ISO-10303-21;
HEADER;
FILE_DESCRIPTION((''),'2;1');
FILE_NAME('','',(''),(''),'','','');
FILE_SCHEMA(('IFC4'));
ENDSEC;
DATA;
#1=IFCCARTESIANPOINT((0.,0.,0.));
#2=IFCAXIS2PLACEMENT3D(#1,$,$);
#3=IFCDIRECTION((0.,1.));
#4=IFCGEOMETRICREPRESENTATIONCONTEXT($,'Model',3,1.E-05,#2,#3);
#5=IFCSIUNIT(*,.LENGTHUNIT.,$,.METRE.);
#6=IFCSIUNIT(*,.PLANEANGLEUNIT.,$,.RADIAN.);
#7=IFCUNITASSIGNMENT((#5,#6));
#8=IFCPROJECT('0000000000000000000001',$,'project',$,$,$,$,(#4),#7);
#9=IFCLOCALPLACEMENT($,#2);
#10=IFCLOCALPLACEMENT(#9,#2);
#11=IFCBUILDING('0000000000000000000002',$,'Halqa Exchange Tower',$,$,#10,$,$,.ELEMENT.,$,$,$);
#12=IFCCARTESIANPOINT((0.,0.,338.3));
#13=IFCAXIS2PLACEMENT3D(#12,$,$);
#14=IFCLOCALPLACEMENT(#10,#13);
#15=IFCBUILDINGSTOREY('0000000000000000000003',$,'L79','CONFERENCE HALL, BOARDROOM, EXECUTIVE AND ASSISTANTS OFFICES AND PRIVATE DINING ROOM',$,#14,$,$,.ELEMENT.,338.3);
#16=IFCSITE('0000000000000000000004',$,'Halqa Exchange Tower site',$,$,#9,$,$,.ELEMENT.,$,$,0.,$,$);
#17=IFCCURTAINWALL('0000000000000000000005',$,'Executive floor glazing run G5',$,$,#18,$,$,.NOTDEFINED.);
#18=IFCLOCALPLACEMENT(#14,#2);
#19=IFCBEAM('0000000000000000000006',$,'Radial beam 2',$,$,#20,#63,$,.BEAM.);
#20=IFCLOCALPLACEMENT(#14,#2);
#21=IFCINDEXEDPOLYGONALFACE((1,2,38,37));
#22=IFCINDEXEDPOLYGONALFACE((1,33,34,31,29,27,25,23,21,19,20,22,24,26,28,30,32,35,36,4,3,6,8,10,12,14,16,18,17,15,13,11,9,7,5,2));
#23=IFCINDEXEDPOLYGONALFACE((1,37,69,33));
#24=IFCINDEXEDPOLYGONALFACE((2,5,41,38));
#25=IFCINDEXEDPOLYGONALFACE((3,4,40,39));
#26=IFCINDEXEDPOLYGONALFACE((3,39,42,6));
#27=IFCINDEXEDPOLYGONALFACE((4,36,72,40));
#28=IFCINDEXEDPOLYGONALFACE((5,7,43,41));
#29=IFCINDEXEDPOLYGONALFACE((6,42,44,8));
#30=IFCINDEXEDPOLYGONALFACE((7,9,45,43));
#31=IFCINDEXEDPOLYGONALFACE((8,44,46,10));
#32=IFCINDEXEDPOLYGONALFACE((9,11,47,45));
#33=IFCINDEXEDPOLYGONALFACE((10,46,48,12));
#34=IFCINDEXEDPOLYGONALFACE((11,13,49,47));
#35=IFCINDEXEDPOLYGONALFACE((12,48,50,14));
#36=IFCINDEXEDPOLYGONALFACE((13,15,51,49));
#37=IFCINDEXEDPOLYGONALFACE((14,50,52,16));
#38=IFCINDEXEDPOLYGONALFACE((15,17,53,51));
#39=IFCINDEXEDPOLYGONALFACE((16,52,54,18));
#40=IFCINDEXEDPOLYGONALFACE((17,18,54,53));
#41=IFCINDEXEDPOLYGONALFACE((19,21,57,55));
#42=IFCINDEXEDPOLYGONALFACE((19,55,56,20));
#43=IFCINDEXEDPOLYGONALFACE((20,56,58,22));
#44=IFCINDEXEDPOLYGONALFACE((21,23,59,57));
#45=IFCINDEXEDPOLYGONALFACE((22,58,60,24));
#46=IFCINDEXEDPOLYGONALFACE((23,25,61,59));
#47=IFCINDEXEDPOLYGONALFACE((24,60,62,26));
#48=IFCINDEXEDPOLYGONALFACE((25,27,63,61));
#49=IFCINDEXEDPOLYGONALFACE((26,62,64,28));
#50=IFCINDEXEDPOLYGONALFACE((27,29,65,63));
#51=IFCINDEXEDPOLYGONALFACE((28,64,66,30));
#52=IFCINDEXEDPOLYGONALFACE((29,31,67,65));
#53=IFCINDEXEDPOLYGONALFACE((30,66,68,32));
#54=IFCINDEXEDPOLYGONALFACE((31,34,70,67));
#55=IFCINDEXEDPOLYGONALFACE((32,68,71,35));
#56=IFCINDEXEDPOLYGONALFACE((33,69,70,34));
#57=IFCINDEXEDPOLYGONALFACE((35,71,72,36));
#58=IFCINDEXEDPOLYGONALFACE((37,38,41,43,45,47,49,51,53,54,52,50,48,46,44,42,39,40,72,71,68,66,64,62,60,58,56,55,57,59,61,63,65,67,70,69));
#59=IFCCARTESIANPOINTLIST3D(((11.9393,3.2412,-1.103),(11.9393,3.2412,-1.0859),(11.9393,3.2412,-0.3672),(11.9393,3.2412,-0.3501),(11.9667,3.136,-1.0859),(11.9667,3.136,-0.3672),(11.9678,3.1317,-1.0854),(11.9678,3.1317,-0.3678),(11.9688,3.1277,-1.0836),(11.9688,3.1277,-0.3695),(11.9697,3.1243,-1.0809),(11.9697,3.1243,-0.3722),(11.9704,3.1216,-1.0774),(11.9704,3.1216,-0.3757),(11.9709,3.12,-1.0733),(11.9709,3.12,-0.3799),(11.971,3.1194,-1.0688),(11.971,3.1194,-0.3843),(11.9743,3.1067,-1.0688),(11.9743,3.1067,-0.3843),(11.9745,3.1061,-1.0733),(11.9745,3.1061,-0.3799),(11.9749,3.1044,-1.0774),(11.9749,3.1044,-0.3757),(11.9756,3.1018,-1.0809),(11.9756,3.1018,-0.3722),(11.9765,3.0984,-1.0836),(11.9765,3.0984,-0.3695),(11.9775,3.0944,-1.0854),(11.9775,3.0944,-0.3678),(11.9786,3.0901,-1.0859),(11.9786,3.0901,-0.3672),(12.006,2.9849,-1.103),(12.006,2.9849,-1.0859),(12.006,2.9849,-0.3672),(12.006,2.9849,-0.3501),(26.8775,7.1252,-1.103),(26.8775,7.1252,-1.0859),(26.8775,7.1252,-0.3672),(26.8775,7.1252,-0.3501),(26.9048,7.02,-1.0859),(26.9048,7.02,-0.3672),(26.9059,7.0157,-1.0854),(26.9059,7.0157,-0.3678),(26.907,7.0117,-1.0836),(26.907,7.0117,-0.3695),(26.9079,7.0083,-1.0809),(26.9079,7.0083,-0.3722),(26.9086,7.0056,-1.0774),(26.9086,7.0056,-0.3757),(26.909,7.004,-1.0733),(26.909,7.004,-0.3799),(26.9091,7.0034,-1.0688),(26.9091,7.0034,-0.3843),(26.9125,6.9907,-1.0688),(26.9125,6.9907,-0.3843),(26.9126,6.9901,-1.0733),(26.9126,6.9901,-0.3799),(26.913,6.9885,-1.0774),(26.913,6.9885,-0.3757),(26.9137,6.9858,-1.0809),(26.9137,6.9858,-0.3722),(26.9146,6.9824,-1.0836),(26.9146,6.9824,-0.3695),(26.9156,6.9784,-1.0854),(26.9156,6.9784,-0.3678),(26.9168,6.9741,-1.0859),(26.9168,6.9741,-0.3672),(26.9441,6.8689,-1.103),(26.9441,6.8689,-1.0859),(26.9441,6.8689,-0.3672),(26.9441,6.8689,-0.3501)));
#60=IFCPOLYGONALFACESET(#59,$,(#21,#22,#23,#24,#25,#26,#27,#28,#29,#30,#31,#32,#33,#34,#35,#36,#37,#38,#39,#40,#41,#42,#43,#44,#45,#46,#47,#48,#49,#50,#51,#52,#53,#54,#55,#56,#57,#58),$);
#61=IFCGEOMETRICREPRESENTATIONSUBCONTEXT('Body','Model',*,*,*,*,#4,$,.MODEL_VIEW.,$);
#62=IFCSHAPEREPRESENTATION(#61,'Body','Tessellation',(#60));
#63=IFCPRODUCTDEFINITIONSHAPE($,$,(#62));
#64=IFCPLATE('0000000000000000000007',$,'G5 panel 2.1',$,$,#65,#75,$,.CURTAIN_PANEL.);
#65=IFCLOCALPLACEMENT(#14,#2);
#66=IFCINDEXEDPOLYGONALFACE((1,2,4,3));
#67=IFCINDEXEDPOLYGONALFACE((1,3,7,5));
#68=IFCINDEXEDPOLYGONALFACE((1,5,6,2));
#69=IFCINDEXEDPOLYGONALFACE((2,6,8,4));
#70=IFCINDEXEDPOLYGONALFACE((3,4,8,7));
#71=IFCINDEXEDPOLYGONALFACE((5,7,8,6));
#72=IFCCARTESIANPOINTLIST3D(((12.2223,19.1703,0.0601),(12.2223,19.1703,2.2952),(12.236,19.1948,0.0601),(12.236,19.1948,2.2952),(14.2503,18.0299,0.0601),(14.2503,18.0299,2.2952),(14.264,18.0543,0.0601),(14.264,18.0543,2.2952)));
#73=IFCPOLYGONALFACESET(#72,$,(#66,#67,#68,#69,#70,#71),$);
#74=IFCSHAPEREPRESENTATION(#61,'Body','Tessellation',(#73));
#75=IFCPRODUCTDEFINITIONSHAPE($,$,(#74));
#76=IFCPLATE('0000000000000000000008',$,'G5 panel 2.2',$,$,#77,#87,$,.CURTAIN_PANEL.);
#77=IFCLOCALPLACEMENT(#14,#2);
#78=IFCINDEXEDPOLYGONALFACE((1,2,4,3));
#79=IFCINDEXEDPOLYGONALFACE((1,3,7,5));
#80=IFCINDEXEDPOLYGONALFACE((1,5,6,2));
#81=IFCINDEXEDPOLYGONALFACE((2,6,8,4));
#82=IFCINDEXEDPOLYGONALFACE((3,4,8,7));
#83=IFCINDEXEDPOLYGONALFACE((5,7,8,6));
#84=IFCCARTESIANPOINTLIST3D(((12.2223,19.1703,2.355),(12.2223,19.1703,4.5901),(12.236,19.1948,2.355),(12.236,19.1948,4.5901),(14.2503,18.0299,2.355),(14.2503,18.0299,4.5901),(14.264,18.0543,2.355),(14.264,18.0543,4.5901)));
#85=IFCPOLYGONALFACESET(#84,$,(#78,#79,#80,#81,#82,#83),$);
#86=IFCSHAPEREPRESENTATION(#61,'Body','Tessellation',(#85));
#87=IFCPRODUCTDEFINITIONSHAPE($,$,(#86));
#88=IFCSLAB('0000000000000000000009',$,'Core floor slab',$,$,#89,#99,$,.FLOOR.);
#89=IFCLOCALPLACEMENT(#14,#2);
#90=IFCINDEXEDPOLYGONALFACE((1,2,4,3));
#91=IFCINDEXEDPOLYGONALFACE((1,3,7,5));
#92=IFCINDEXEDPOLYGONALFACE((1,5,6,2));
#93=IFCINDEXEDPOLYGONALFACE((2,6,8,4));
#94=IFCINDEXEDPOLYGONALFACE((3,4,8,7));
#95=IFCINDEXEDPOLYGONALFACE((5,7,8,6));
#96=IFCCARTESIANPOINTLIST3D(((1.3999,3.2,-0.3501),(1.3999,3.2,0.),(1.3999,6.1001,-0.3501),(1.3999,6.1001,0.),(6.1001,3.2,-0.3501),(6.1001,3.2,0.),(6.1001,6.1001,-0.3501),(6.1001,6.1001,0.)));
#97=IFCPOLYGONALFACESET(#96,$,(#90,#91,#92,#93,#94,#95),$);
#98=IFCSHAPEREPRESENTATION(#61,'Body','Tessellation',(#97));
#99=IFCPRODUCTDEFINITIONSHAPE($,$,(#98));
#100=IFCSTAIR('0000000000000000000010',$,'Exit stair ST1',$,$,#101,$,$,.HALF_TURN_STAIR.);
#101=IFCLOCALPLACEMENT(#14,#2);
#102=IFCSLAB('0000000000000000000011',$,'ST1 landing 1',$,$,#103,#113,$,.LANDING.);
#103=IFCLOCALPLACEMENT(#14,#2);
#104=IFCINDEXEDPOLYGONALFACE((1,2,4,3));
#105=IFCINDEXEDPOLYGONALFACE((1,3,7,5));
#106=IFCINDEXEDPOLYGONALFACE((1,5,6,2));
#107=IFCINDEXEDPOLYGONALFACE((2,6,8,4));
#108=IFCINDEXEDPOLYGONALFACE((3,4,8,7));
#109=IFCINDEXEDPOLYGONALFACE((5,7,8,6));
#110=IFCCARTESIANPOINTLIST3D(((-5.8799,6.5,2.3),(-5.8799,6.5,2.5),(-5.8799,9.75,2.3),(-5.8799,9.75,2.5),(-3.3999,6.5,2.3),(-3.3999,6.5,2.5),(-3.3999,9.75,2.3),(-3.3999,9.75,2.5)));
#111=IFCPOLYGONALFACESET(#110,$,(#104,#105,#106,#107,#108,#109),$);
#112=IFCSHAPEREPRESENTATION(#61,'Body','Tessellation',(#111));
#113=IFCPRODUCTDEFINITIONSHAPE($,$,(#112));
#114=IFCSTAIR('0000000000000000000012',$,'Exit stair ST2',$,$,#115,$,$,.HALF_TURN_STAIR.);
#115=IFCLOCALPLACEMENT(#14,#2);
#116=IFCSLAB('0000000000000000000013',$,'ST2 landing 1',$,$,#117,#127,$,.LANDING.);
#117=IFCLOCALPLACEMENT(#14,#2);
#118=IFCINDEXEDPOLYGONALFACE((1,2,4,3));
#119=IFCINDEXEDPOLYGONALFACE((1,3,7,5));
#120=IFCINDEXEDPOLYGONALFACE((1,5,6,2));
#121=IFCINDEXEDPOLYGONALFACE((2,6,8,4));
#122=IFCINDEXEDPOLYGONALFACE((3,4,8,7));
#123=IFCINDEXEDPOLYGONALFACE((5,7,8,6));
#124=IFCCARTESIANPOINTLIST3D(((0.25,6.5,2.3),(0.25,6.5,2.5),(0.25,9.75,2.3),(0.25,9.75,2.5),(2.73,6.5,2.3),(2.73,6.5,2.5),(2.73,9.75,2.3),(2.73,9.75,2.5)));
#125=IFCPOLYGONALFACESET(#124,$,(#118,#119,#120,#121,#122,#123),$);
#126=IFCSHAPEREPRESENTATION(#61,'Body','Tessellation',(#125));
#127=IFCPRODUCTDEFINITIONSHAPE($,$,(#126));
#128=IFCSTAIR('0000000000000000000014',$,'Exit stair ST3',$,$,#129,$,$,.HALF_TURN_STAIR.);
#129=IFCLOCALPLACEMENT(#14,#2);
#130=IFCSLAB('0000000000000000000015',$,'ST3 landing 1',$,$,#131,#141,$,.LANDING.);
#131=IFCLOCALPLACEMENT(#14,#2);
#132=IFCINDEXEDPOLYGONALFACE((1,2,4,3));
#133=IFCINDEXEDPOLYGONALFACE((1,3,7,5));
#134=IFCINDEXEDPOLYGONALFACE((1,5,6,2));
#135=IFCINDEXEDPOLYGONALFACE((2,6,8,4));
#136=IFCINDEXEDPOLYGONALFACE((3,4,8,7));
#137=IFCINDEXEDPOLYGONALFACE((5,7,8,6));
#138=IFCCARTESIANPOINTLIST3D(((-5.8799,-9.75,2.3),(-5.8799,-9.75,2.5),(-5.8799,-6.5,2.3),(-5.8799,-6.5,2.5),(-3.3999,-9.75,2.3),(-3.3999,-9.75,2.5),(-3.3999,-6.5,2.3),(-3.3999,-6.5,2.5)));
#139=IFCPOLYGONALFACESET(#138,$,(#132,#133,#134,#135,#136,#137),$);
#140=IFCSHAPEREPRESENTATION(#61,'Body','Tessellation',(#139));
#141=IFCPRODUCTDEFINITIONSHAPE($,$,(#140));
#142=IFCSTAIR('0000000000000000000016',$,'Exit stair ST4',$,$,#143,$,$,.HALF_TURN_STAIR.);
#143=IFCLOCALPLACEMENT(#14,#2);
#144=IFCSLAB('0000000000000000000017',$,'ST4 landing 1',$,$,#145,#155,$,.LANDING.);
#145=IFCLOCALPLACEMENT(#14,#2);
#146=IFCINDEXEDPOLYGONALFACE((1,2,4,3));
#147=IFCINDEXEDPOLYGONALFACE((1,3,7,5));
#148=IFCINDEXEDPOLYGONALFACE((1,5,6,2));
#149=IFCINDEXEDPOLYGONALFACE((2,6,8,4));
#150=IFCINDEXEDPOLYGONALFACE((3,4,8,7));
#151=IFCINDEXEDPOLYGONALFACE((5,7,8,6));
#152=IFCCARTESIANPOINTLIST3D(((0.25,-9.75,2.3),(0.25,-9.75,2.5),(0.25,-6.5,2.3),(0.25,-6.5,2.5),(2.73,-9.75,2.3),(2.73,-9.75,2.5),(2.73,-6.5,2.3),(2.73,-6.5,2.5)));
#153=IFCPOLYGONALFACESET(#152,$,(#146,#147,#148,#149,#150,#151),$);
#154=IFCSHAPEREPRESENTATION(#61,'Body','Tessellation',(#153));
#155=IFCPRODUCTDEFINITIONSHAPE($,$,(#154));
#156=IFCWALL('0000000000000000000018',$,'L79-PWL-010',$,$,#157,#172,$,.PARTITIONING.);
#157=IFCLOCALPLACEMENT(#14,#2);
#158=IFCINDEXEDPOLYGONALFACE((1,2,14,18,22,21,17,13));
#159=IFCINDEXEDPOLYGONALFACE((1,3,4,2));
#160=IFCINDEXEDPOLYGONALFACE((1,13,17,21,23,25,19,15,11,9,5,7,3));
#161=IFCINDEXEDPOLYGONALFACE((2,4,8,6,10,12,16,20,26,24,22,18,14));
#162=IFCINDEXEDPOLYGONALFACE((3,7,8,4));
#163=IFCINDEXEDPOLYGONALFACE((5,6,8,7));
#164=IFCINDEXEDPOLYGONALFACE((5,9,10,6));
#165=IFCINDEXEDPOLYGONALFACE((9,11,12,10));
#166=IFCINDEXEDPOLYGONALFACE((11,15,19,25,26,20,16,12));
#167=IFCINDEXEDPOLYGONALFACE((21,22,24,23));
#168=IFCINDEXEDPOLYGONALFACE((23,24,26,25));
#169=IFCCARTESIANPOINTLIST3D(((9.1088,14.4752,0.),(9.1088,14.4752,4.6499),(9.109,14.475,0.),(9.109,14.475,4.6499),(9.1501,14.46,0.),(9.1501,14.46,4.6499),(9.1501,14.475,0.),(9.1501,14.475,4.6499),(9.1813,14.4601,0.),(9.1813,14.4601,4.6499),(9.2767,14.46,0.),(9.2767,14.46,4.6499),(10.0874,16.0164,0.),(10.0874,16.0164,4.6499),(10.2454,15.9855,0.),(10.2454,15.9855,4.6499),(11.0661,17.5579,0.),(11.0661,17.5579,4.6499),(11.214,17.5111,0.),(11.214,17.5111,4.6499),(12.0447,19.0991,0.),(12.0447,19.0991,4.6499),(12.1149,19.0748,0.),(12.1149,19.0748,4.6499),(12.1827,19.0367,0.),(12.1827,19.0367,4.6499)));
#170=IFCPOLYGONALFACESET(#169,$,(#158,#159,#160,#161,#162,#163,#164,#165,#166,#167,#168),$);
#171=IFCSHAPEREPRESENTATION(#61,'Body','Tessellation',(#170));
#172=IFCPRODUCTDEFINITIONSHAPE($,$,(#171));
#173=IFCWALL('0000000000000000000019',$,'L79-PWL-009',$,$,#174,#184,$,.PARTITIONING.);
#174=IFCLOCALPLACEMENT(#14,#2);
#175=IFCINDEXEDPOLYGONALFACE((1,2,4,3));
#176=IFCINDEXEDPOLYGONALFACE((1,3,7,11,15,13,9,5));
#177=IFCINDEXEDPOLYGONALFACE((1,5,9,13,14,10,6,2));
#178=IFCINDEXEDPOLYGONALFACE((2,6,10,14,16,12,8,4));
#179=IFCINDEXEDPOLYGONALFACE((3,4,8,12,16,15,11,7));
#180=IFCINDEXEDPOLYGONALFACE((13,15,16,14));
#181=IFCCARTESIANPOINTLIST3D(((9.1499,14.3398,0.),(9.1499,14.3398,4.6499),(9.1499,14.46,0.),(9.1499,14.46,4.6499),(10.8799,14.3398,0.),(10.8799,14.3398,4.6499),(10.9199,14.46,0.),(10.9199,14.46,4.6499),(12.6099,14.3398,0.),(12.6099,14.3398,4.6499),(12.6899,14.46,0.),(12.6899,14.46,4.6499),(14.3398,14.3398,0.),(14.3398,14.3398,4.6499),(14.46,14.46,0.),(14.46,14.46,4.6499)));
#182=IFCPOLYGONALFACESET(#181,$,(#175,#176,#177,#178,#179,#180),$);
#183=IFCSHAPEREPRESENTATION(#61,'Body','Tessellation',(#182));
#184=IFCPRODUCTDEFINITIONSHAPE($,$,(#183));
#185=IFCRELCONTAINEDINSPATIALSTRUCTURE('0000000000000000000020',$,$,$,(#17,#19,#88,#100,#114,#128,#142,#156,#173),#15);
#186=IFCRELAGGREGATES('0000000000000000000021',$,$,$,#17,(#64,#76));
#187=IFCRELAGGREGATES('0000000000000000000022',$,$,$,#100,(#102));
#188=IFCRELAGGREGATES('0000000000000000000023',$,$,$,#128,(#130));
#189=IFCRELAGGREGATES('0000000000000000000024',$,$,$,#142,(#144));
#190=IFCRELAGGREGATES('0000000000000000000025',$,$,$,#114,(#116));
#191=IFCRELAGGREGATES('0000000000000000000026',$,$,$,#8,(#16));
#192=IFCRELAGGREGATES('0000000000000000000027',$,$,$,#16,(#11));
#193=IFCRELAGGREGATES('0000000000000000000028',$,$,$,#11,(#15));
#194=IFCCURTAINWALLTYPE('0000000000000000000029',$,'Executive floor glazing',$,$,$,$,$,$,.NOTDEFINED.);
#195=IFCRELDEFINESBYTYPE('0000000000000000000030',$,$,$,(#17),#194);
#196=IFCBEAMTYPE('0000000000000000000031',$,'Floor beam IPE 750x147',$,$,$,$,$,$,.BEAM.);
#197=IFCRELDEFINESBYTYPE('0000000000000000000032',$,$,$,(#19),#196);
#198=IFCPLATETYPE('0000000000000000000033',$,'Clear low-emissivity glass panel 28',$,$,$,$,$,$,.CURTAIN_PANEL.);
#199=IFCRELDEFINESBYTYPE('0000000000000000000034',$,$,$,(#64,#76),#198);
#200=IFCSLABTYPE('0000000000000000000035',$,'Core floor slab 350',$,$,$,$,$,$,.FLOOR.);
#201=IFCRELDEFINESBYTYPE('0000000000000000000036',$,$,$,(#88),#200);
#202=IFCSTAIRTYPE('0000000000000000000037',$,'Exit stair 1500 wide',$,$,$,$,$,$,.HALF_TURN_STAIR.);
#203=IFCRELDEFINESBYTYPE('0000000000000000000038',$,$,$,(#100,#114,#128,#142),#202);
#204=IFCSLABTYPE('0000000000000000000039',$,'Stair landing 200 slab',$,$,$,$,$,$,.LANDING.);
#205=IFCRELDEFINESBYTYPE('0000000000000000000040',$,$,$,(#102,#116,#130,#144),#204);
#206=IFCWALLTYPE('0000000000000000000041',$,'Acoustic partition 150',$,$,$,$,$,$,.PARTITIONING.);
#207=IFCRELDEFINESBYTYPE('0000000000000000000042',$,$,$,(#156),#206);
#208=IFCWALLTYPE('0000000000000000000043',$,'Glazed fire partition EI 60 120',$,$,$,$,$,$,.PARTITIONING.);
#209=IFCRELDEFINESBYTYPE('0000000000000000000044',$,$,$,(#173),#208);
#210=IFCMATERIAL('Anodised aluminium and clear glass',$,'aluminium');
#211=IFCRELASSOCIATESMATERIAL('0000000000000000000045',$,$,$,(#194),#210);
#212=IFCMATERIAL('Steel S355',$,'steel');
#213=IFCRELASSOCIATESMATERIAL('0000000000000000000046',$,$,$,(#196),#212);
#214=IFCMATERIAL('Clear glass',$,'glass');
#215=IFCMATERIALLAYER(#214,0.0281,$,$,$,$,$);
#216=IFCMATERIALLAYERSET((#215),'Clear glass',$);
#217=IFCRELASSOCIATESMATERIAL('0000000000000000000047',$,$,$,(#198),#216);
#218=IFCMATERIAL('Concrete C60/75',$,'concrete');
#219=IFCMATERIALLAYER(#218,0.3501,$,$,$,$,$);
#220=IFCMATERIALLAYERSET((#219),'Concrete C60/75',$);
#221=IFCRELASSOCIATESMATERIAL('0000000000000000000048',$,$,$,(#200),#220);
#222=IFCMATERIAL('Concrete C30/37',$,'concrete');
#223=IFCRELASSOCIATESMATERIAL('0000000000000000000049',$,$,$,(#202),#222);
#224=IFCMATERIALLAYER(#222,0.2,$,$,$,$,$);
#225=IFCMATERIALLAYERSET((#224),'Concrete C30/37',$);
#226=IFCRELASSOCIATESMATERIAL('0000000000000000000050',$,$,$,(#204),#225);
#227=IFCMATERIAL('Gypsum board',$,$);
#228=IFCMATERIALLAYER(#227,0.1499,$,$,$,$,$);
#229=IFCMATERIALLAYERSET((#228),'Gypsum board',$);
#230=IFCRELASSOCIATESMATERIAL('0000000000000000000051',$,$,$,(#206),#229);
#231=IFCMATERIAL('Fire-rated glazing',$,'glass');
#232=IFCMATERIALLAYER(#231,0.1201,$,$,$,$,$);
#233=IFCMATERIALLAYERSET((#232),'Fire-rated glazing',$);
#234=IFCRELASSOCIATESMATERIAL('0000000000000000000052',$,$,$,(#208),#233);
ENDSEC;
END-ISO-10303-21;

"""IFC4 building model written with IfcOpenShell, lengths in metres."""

from ifc_helpers import new_model, si_unit, direction, frame, origin, origin_2d, place, context, subcontext, project, spatial, polyline, rectangle, i_section, outline, extrude, material, layer, layer_set, material_profile, profile_set, type_object, element, aggregate, save


model = new_model("IFC4")

# Units and contexts
model_context = context("Model", 3, precision=1e-05, world=origin(), true_north=direction((0.0, 1.0)))
body_context = subcontext(model_context, "Body", "Model", "MODEL_VIEW")
ifc_project = project(units=[si_unit("LENGTHUNIT", "METRE"), si_unit("PLANEANGLEUNIT", "RADIAN")], contexts=[model_context])

# Site, building, storey
site_placement = place(None, origin())
site = spatial("IfcSite", under=ifc_project, at=site_placement, Name="Halqa Exchange Tower site", CompositionType="ELEMENT", RefElevation=0.0)
building_placement = place(site_placement, origin())
building = spatial("IfcBuilding", under=site, at=building_placement, Name="Halqa Exchange Tower", CompositionType="ELEMENT")
storey_placement = place(building_placement, frame((0.0, 0.0, 338.3)))
storey = spatial("IfcBuildingStorey", under=building, at=storey_placement, Name="L79", Description="CONFERENCE HALL, BOARDROOM, EXECUTIVE AND ASSISTANTS OFFICES AND PRIVATE DINING ROOM", CompositionType="ELEMENT", Elevation=338.3)

# Curtain wall
ifc_material_1 = material(Name="Anodised aluminium and clear glass", Category="aluminium")
curtain_wall_type = type_object("IfcCurtainWallType", Name="Executive floor glazing", PredefinedType="NOTDEFINED", material=ifc_material_1)
curtain_wall_1_placement = place(storey_placement, origin())
curtain_wall_1 = element("IfcCurtainWall", 1, at=curtain_wall_1_placement, inside=storey, type_object=curtain_wall_type, Name="Executive floor glazing run G5", PredefinedType="NOTDEFINED")

# Beam
ifc_material_2 = material(Name="Steel S355", Category="steel")
ifc_material_profile_1 = material_profile(ifc_material_2, i_section(OverallWidth=0.2649, OverallDepth=0.7529, WebThickness=0.0132, FlangeThickness=0.0171, FilletRadius=0.0171, at=origin_2d()), Name="IPE 750x147")
ifc_profile_set_1 = profile_set([ifc_material_profile_1], Name="Steel S355")
beam_type_1 = type_object("IfcBeamType", Name="Floor beam IPE 750x147", PredefinedType="BEAM", material=ifc_profile_set_1)
beam_1_placement = place(storey_placement, frame((11.9727, 3.113, -0.7266), z_axis=(0.967821, 0.251639, 0.0), x_axis=(-0.251639, 0.967821, 0.0)))
element("IfcBeam", 2, at=beam_1_placement, inside=storey, type_object=beam_type_1, Name="Radial beam 2", PredefinedType="BEAM", context=body_context, shape_type="SweptSolid", body=[
    extrude(i_section(OverallWidth=0.2649, OverallDepth=0.7529, WebThickness=0.0132, FlangeThickness=0.0171, FilletRadius=0.0171, at=origin_2d()), origin(), (0.0, 0.0, 1.0), 15.4348),
])

# Plates
ifc_material_3 = material(Name="Clear glass", Category="glass")
ifc_layer_1 = layer(ifc_material_3, 0.0281)
ifc_layer_set_1 = layer_set([ifc_layer_1], Name="Clear glass")
plate_type = type_object("IfcPlateType", Name="Clear low-emissivity glass panel 28", PredefinedType="CURTAIN_PANEL", material=ifc_layer_set_1)
plate_1_placement = place(storey_placement, frame((13.2432, 18.6123, 0.0601), z_axis=(0.0, 0.0, 1.0), x_axis=(-0.871634, 0.490158, 0.0)))
plate_1 = element("IfcPlate", 3, at=plate_1_placement, type_object=plate_type, Name="G5 panel 2.1", PredefinedType="CURTAIN_PANEL", context=body_context, shape_type="SweptSolid", body=[
    extrude(rectangle(XDim=2.3267, YDim=0.0281, at=origin_2d()), origin(), (0.0, 0.0, 1.0), 2.2351),
])
plate_2_placement = place(storey_placement, frame((13.2432, 18.6123, 2.355), z_axis=(0.0, 0.0, 1.0), x_axis=(-0.871634, 0.490158, 0.0)))
plate_2 = element("IfcPlate", 4, at=plate_2_placement, type_object=plate_type, Name="G5 panel 2.2", PredefinedType="CURTAIN_PANEL", context=body_context, shape_type="SweptSolid", body=[
    extrude(rectangle(XDim=2.3267, YDim=0.0281, at=origin_2d()), origin(), (0.0, 0.0, 1.0), 2.2351),
])
aggregate(curtain_wall_1, [plate_1, plate_2])

# Slab
ifc_material_4 = material(Name="Concrete C60/75", Category="concrete")
ifc_layer_2 = layer(ifc_material_4, 0.3501)
ifc_layer_set_2 = layer_set([ifc_layer_2], Name="Concrete C60/75")
slab_type_1 = type_object("IfcSlabType", Name="Core floor slab 350", PredefinedType="FLOOR", material=ifc_layer_set_2)
slab_1_placement = place(storey_placement, frame((0.0, 0.0, -0.3501)))
element("IfcSlab", 5, at=slab_1_placement, inside=storey, type_object=slab_type_1, Name="Core floor slab", PredefinedType="FLOOR", context=body_context, shape_type="SweptSolid", body=[
    extrude(outline(polyline([(6.1001, 6.1001), (6.1001, 3.2), (1.3999, 3.2), (1.3999, 6.1001), (6.1001, 6.1001)])), origin(), (0.0, 0.0, 1.0), 0.3501),
])

# Stairs, slabs
ifc_material_5 = material(Name="Concrete C30/37", Category="concrete")
stair_type = type_object("IfcStairType", Name="Exit stair 1500 wide", PredefinedType="HALF_TURN_STAIR", material=ifc_material_5)
stair_1_placement = place(storey_placement, origin())
stair_1 = element("IfcStair", 6, at=stair_1_placement, inside=storey, type_object=stair_type, Name="Exit stair ST1", PredefinedType="HALF_TURN_STAIR")
ifc_layer_3 = layer(ifc_material_5, 0.2)
ifc_layer_set_3 = layer_set([ifc_layer_3], Name="Concrete C30/37")
slab_type_2 = type_object("IfcSlabType", Name="Stair landing 200 slab", PredefinedType="LANDING", material=ifc_layer_set_3)
slab_2_placement = place(storey_placement, frame((0.0, 0.0, 2.3)))
slab_2 = element("IfcSlab", 7, at=slab_2_placement, type_object=slab_type_2, Name="ST1 landing 1", PredefinedType="LANDING", context=body_context, shape_type="SweptSolid", body=[
    extrude(outline(polyline([(-5.8799, 6.5), (-3.3999, 6.5), (-3.3999, 9.75), (-5.8799, 9.75), (-5.8799, 6.5)])), origin(), (0.0, 0.0, 1.0), 0.2),
])
aggregate(stair_1, [slab_2])
stair_2_placement = place(storey_placement, origin())
stair_2 = element("IfcStair", 8, at=stair_2_placement, inside=storey, type_object=stair_type, Name="Exit stair ST2", PredefinedType="HALF_TURN_STAIR")
slab_3_placement = place(storey_placement, frame((0.0, 0.0, 2.3)))
slab_3 = element("IfcSlab", 9, at=slab_3_placement, type_object=slab_type_2, Name="ST2 landing 1", PredefinedType="LANDING", context=body_context, shape_type="SweptSolid", body=[
    extrude(outline(polyline([(0.25, 6.5), (2.73, 6.5), (2.73, 9.75), (0.25, 9.75), (0.25, 6.5)])), origin(), (0.0, 0.0, 1.0), 0.2),
])
stair_3_placement = place(storey_placement, origin())
stair_3 = element("IfcStair", 10, at=stair_3_placement, inside=storey, type_object=stair_type, Name="Exit stair ST3", PredefinedType="HALF_TURN_STAIR")
slab_4_placement = place(storey_placement, frame((0.0, 0.0, 2.3)))
slab_4 = element("IfcSlab", 11, at=slab_4_placement, type_object=slab_type_2, Name="ST3 landing 1", PredefinedType="LANDING", context=body_context, shape_type="SweptSolid", body=[
    extrude(outline(polyline([(-5.8799, -9.75), (-3.3999, -9.75), (-3.3999, -6.5), (-5.8799, -6.5), (-5.8799, -9.75)])), origin(), (0.0, 0.0, 1.0), 0.2),
])
aggregate(stair_3, [slab_4])
stair_4_placement = place(storey_placement, origin())
stair_4 = element("IfcStair", 12, at=stair_4_placement, inside=storey, type_object=stair_type, Name="Exit stair ST4", PredefinedType="HALF_TURN_STAIR")
slab_5_placement = place(storey_placement, frame((0.0, 0.0, 2.3)))
slab_5 = element("IfcSlab", 13, at=slab_5_placement, type_object=slab_type_2, Name="ST4 landing 1", PredefinedType="LANDING", context=body_context, shape_type="SweptSolid", body=[
    extrude(outline(polyline([(0.25, -9.75), (2.73, -9.75), (2.73, -6.5), (0.25, -6.5), (0.25, -9.75)])), origin(), (0.0, 0.0, 1.0), 0.2),
])
aggregate(stair_4, [slab_5])

# Walls
ifc_material_6 = material(Name="Gypsum board")
ifc_layer_4 = layer(ifc_material_6, 0.1499)
ifc_layer_set_4 = layer_set([ifc_layer_4], Name="Gypsum board")
wall_type_1 = type_object("IfcWallType", Name="Acoustic partition 150", PredefinedType="PARTITIONING", material=ifc_layer_set_4)
wall_1_placement = place(storey_placement, frame((12.1194, 19.0769, 0.0), z_axis=(0.0, 0.0, 1.0), x_axis=(-0.536016, -0.844208, 0.0)))
element("IfcWall", 14, at=wall_1_placement, inside=storey, type_object=wall_type_1, Name="L79-PWL-010", PredefinedType="PARTITIONING", context=body_context, shape_type="SweptSolid", body=[
    extrude(outline(polyline([(5.4985, -0.075), (5.4985, -0.0747), (5.4766, -0.04), (5.4893, -0.032), (5.4724, -0.0056), (5.4724, -0.0056), (5.4214, 0.075), (3.6143, 0.075), (1.8071, 0.075), (0.0, 0.075), (0.0042, -0.0027), (0.0212, -0.075), (1.8469, -0.075), (3.6729, -0.075), (5.4985, -0.075)])), origin(), (0.0, 0.0, 1.0), 4.6499),
])
ifc_material_7 = material(Name="Fire-rated glazing", Category="glass")
ifc_layer_5 = layer(ifc_material_7, 0.1201)
ifc_layer_set_5 = layer_set([ifc_layer_5], Name="Fire-rated glazing")
wall_type_2 = type_object("IfcWallType", Name="Glazed fire partition EI 60 120", PredefinedType="PARTITIONING", material=ifc_layer_set_5)
wall_2_placement = place(storey_placement, frame((9.1499, 14.3999, 0.0), z_axis=(0.0, 0.0, 1.0), x_axis=(1.0, 0.0, 0.0)))
element("IfcWall", 15, at=wall_2_placement, inside=storey, type_object=wall_type_2, Name="L79-PWL-009", PredefinedType="PARTITIONING", context=body_context, shape_type="SweptSolid", body=[
    extrude(outline(polyline([(0.0, -0.0601), (1.73, -0.0601), (3.46, -0.0601), (5.1899, -0.0601), (5.3101, 0.0601), (3.54, 0.0601), (1.77, 0.0601), (0.0, 0.0601), (0.0, -0.0601)])), origin(), (0.0, 0.0, 1.0), 4.6499),
])

aggregate(stair_2, [slab_3])

save(model, "model.ifc")
